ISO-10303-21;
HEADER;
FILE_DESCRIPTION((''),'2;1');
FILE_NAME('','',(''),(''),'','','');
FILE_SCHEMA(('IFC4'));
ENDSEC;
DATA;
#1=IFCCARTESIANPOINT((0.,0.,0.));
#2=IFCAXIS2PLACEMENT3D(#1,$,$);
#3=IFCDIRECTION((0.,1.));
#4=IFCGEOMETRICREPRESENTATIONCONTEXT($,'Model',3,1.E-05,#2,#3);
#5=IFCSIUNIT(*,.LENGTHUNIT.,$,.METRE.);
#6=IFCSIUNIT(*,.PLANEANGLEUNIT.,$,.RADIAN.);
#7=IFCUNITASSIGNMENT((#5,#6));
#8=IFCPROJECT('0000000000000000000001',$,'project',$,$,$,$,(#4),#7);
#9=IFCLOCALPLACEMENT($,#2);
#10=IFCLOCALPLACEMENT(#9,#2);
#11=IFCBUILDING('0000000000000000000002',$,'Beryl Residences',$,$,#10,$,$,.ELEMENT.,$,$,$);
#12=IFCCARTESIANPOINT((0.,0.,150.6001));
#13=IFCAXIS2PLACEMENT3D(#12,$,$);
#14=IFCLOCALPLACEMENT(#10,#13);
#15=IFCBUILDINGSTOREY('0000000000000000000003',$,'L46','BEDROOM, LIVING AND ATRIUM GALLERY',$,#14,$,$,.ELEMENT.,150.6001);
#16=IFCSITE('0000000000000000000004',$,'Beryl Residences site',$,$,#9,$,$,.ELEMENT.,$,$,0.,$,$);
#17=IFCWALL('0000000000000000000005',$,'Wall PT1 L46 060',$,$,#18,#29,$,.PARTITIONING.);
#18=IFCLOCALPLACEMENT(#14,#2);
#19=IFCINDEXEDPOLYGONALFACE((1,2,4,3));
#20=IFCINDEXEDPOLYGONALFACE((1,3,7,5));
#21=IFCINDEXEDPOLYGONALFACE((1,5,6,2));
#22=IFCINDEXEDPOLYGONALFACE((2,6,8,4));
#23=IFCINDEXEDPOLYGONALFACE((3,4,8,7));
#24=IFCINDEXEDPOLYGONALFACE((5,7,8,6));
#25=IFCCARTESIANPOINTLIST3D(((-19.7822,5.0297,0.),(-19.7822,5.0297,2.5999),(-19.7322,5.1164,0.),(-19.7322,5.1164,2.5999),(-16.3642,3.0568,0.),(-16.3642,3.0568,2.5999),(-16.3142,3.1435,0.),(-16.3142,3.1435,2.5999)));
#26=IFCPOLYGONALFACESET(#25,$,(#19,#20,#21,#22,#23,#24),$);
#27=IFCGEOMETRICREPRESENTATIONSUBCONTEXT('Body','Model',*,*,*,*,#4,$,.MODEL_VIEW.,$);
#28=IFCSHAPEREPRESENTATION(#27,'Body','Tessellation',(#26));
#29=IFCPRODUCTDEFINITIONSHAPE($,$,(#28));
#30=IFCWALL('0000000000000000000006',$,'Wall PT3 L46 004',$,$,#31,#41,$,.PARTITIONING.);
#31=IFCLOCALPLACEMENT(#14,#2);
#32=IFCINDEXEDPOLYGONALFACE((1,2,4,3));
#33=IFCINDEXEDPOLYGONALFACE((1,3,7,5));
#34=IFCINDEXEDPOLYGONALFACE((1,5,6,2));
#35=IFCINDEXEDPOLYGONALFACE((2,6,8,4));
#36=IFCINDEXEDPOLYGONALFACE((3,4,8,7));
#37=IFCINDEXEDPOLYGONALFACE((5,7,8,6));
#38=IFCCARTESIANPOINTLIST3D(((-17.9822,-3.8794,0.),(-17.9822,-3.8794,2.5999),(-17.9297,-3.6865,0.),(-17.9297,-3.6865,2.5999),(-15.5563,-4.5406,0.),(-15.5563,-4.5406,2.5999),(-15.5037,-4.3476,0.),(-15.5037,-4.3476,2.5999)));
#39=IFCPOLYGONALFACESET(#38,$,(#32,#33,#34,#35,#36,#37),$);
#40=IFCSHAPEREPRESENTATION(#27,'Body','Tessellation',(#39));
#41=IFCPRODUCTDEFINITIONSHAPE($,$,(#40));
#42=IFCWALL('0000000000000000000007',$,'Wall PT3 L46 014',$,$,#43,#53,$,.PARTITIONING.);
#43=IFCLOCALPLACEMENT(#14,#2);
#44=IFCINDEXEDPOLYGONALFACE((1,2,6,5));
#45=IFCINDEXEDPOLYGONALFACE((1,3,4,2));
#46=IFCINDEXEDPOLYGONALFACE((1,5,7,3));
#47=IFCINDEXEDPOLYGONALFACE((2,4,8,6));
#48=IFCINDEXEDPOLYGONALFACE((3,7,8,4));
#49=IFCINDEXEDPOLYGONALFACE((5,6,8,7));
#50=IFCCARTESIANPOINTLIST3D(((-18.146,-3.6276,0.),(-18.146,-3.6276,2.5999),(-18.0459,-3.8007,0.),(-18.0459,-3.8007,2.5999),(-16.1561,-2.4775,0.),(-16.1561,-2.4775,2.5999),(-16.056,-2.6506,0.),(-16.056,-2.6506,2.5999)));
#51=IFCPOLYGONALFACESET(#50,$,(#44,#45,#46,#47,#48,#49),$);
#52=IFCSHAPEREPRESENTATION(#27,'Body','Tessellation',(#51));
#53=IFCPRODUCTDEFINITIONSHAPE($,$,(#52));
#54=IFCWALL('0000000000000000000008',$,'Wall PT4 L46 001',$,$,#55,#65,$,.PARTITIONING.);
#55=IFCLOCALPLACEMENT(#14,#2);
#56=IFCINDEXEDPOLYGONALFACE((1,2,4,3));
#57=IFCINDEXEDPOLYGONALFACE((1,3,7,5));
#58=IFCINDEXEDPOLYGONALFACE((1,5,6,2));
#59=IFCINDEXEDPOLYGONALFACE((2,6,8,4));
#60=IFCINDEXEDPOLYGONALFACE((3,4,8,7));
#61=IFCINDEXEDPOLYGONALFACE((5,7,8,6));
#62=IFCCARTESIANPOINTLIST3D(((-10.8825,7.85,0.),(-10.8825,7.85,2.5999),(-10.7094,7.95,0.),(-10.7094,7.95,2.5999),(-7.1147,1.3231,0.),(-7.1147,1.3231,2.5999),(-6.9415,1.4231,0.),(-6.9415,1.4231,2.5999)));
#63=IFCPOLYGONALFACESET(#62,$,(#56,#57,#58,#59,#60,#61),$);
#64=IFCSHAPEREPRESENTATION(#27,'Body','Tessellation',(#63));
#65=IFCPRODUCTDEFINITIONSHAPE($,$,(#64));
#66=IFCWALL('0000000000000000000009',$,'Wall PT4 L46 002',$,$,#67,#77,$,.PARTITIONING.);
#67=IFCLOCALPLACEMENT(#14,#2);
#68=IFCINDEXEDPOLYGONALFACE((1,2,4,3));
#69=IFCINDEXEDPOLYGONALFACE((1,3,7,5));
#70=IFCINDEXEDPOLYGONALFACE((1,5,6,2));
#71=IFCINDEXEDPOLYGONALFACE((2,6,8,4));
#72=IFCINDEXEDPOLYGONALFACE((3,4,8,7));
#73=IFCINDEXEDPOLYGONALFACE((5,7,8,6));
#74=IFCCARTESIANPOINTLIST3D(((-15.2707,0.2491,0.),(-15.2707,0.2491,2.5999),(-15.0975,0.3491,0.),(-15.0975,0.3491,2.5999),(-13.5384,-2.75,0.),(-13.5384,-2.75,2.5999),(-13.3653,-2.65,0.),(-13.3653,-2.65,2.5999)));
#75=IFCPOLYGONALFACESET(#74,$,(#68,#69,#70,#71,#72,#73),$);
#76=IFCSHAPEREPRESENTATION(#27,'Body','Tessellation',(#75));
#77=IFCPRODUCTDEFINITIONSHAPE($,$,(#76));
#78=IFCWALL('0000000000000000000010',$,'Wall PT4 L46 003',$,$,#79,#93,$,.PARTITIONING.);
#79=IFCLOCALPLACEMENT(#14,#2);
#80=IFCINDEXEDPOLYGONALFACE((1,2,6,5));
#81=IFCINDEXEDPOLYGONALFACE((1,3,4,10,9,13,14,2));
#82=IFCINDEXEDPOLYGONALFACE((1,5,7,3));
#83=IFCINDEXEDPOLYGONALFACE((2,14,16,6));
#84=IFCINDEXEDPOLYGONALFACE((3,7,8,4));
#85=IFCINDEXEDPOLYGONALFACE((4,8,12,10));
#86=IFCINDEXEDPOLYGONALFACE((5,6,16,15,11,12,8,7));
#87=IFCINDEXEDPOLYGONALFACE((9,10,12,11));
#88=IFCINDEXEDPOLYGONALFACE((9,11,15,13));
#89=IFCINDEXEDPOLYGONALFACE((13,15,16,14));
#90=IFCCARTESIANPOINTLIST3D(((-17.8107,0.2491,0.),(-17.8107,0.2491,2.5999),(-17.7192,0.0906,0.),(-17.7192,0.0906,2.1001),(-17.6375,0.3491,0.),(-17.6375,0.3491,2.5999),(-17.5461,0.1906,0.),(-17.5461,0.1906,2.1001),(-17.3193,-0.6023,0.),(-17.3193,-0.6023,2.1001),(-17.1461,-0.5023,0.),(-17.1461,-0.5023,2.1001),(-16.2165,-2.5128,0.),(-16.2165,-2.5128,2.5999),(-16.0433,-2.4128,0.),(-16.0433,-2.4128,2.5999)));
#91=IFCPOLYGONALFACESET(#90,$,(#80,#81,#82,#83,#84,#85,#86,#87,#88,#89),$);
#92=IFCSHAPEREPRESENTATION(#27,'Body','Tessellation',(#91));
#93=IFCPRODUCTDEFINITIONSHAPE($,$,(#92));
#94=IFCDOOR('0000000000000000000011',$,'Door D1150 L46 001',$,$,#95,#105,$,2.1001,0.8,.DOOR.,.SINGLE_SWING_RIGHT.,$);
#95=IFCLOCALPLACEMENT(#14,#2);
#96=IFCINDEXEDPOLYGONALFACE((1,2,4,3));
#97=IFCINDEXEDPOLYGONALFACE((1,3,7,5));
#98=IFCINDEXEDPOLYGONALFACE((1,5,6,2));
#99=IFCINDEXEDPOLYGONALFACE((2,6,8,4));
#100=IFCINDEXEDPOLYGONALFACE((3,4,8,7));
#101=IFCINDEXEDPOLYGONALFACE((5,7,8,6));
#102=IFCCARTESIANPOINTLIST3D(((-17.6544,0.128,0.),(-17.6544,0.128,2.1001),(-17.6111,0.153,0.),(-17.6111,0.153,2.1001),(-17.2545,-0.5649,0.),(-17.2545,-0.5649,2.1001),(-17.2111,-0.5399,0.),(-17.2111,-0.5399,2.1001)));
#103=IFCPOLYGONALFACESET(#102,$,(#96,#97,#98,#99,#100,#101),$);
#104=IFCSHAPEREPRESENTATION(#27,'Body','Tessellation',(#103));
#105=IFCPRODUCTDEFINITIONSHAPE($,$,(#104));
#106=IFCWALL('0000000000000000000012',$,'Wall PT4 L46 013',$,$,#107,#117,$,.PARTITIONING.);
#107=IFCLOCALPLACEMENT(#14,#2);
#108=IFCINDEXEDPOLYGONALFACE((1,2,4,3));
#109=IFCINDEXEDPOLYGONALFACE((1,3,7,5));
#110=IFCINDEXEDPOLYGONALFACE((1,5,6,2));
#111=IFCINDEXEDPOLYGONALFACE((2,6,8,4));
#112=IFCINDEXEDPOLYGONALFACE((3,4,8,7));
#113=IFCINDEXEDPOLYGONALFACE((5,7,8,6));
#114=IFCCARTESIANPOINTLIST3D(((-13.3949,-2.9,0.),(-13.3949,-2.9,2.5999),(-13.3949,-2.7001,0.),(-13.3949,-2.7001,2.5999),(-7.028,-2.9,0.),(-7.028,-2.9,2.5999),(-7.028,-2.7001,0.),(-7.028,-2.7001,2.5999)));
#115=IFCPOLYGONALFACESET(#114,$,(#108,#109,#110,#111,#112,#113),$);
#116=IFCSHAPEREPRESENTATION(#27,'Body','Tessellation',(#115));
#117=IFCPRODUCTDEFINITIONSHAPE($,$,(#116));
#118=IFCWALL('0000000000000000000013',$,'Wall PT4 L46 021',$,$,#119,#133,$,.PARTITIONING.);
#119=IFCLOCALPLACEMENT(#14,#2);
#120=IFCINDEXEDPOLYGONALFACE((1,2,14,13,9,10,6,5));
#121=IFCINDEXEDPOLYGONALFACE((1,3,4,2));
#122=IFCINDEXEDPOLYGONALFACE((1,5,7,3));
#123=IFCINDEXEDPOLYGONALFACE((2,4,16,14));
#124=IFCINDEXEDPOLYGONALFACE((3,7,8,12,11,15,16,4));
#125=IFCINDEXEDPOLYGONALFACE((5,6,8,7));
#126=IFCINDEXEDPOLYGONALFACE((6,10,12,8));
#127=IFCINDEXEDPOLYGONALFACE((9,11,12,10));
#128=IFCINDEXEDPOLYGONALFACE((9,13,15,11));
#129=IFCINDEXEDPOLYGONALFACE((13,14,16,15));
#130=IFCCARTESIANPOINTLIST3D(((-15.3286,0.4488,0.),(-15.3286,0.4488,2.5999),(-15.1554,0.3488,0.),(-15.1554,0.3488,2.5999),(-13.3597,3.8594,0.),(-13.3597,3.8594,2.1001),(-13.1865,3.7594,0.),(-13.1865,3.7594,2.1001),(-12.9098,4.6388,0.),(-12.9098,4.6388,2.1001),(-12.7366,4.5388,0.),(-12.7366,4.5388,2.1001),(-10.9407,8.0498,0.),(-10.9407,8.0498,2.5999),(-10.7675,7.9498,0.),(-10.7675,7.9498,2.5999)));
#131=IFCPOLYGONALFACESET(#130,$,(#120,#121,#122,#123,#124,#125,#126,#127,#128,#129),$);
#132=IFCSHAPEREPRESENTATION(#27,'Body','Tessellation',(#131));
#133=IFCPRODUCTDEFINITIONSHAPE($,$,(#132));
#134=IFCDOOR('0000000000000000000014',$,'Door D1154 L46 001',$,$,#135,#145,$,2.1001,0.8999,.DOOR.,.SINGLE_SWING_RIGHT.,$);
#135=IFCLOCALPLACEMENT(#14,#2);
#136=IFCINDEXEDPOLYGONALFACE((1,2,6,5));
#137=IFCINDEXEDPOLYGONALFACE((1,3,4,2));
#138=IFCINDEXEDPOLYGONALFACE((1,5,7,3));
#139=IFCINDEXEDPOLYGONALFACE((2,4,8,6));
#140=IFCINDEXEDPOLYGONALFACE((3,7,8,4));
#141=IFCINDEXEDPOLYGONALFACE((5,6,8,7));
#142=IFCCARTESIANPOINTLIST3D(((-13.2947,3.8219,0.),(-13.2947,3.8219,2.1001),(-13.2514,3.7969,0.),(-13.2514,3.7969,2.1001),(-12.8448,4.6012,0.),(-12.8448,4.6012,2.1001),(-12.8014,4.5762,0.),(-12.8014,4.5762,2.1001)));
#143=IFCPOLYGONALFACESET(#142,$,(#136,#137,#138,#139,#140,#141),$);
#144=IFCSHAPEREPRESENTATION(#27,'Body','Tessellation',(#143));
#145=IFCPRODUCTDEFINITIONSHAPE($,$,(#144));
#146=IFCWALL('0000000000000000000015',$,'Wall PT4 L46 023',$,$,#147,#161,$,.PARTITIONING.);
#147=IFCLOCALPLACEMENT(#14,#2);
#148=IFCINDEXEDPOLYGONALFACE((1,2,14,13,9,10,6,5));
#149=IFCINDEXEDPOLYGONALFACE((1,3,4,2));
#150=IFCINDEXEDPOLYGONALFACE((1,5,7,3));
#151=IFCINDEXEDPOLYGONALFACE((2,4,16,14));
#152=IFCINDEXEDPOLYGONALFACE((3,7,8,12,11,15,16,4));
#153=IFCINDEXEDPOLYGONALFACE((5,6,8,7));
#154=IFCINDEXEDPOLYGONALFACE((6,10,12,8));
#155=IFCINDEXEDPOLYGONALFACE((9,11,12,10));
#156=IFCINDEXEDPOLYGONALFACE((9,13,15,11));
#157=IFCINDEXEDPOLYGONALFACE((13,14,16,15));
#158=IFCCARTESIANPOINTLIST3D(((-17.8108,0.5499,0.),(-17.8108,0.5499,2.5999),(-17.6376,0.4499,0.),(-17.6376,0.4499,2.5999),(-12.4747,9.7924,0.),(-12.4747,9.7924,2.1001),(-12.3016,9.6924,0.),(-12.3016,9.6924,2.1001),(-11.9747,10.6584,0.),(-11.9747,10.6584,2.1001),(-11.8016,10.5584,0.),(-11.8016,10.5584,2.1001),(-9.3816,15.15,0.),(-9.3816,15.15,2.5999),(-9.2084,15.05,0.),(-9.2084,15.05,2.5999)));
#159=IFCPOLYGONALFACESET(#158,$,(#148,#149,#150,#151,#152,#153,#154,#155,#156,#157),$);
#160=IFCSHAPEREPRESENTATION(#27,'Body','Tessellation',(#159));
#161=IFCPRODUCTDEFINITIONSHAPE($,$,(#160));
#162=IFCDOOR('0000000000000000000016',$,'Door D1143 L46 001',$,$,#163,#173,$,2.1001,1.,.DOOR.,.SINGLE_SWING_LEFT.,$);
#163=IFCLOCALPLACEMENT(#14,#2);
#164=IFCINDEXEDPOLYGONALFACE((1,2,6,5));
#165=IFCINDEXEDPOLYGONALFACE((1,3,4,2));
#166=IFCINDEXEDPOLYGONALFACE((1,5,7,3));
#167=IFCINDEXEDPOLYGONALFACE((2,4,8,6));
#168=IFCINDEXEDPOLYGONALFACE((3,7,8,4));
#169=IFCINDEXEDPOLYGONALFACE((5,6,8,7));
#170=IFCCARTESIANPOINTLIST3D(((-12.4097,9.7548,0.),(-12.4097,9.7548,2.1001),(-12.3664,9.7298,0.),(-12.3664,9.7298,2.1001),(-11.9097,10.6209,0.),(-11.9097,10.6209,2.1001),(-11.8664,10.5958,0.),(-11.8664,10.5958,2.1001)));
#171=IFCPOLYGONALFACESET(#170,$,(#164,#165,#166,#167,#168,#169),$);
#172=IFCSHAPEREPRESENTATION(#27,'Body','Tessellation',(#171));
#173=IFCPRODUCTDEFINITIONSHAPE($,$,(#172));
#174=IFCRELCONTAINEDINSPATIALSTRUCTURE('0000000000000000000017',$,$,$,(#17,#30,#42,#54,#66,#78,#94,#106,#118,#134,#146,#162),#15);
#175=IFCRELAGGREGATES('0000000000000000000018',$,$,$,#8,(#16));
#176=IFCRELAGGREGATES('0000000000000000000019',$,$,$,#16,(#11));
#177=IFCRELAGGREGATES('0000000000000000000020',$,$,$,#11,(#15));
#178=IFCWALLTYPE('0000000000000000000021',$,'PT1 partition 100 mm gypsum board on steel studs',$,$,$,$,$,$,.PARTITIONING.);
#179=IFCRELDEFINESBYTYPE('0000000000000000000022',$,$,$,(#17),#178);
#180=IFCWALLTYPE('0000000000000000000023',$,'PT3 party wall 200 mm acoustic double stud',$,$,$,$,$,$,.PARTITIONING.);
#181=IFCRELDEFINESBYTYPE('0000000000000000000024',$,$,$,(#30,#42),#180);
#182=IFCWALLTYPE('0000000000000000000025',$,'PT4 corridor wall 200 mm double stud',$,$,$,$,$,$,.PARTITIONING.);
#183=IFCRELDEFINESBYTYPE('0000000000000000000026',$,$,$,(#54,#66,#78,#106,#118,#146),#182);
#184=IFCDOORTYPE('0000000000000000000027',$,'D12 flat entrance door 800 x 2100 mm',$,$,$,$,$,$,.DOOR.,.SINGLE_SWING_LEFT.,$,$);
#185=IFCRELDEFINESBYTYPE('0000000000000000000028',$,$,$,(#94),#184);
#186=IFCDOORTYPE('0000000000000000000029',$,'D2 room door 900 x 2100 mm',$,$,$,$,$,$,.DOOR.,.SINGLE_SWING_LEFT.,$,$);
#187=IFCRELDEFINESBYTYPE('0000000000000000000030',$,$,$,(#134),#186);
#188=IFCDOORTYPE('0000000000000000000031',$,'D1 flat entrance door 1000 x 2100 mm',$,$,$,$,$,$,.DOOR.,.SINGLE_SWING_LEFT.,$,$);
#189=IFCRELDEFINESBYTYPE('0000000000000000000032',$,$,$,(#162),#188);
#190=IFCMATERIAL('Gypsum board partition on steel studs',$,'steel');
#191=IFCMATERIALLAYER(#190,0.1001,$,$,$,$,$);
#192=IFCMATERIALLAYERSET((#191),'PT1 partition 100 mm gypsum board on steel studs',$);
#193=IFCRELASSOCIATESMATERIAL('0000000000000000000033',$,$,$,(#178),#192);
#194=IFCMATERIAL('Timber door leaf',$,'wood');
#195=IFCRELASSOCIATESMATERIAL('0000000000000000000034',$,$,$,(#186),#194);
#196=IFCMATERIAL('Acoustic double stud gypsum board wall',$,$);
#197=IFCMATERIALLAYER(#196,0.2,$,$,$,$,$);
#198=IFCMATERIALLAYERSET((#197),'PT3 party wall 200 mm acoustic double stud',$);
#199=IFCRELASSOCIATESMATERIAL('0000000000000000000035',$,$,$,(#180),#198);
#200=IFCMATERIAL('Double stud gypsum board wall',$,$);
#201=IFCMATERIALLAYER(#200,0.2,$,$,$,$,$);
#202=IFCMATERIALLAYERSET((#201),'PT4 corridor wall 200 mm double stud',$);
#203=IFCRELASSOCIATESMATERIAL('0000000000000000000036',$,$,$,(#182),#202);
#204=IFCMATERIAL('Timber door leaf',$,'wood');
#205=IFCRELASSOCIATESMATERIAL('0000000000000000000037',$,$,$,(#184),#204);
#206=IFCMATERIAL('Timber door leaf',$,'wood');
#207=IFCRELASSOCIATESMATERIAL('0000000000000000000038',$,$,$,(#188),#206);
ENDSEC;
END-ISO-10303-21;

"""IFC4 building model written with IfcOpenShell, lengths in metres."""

from ifc_helpers import new_model, si_unit, direction, frame, frame_2d, origin, place, context, subcontext, project, spatial, rectangle, extrude, material, layer, layer_set, type_object, element, fill, save


model = new_model("IFC4")

# Units and contexts
model_context = context("Model", 3, precision=1e-05, world=origin(), true_north=direction((0.0, 1.0)))
body_context = subcontext(model_context, "Body", "Model", "MODEL_VIEW")
ifc_project = project(units=[si_unit("LENGTHUNIT", "METRE"), si_unit("PLANEANGLEUNIT", "RADIAN")], contexts=[model_context])

# Site, building, storey
site_placement = place(None, origin())
site = spatial("IfcSite", under=ifc_project, at=site_placement, Name="Beryl Residences site", CompositionType="ELEMENT", RefElevation=0.0)
building_placement = place(site_placement, origin())
building = spatial("IfcBuilding", under=site, at=building_placement, Name="Beryl Residences", CompositionType="ELEMENT")
storey_placement = place(building_placement, frame((0.0, 0.0, 150.6001)))
storey = spatial("IfcBuildingStorey", under=building, at=storey_placement, Name="L46", Description="BEDROOM, LIVING AND ATRIUM GALLERY", CompositionType="ELEMENT", Elevation=150.6001)

# Shared definitions
ifc_material_1 = material(Name="Gypsum board partition on steel studs", Category="steel")
ifc_layer_1 = layer(ifc_material_1, 0.1001)
ifc_layer_set_1 = layer_set([ifc_layer_1], Name="PT1 partition 100 mm gypsum board on steel studs")
wall_type_1 = type_object("IfcWallType", Name="PT1 partition 100 mm gypsum board on steel studs", PredefinedType="PARTITIONING", material=ifc_layer_set_1)
ifc_material_2 = material(Name="Timber door leaf", Category="wood")
door_type_1 = type_object("IfcDoorType", Name="D2 room door 900 x 2100 mm", OperationType="SINGLE_SWING_LEFT", PredefinedType="DOOR", material=ifc_material_2)

# Walls
wall_1_placement = place(storey_placement, frame((-19.7571, 5.073, 0.0), z_axis=(0.0, 0.0, 1.0), x_axis=(0.866076, -0.499912, 0.0)))
element("IfcWall", 1, at=wall_1_placement, inside=storey, type_object=wall_type_1, Name="Wall PT1 L46 060", PredefinedType="PARTITIONING", context=body_context, shape_type="SweptSolid", body=[
    extrude(rectangle(XDim=3.9465, YDim=0.1001, at=frame_2d((1.9731, 0.0))), origin(), (0.0, 0.0, 1.0), 2.5999),
])
ifc_material_3 = material(Name="Acoustic double stud gypsum board wall")
ifc_layer_2 = layer(ifc_material_3, 0.2)
ifc_layer_set_2 = layer_set([ifc_layer_2], Name="PT3 party wall 200 mm acoustic double stud")
wall_type_2 = type_object("IfcWallType", Name="PT3 party wall 200 mm acoustic double stud", PredefinedType="PARTITIONING", material=ifc_layer_set_2)
wall_2_placement = place(storey_placement, frame((-17.9561, -3.783, 0.0), z_axis=(0.0, 0.0, 1.0), x_axis=(0.964815, -0.262928, 0.0)))
element("IfcWall", 2, at=wall_2_placement, inside=storey, type_object=wall_type_2, Name="Wall PT3 L46 004", PredefinedType="PARTITIONING", context=body_context, shape_type="SweptSolid", body=[
    extrude(rectangle(XDim=2.5144, YDim=0.2, at=frame_2d((1.2573, 0.0))), origin(), (0.0, 0.0, 1.0), 2.5999),
])
wall_3_placement = place(storey_placement, frame((-18.0959, -3.7141, 0.0), z_axis=(0.0, 0.0, 1.0), x_axis=(0.865795, 0.5004, 0.0)))
element("IfcWall", 3, at=wall_3_placement, inside=storey, type_object=wall_type_2, Name="Wall PT3 L46 014", PredefinedType="PARTITIONING", context=body_context, shape_type="SweptSolid", body=[
    extrude(rectangle(XDim=2.2983, YDim=0.2, at=frame_2d((1.1492, 0.0))), origin(), (0.0, 0.0, 1.0), 2.5999),
])
ifc_material_4 = material(Name="Double stud gypsum board wall")
ifc_layer_3 = layer(ifc_material_4, 0.2)
ifc_layer_set_3 = layer_set([ifc_layer_3], Name="PT4 corridor wall 200 mm double stud")
wall_type_3 = type_object("IfcWallType", Name="PT4 corridor wall 200 mm double stud", PredefinedType="PARTITIONING", material=ifc_layer_set_3)
wall_4_placement = place(storey_placement, frame((-10.7959, 7.8999, 0.0), z_axis=(0.0, 0.0, 1.0), x_axis=(0.499954, -0.866052, 0.0)))
element("IfcWall", 4, at=wall_4_placement, inside=storey, type_object=wall_type_3, Name="Wall PT4 L46 001", PredefinedType="PARTITIONING", context=body_context, shape_type="SweptSolid", body=[
    extrude(rectangle(XDim=7.5364, YDim=0.2, at=frame_2d((3.7681, 0.0))), origin(), (0.0, 0.0, 1.0), 2.5999),
])
wall_5_placement = place(storey_placement, frame((-15.1841, 0.2991, 0.0), z_axis=(0.0, 0.0, 1.0), x_axis=(0.50015, -0.865939, 0.0)))
element("IfcWall", 5, at=wall_5_placement, inside=storey, type_object=wall_type_3, Name="Wall PT4 L46 002", PredefinedType="PARTITIONING", context=body_context, shape_type="SweptSolid", body=[
    extrude(rectangle(XDim=3.4634, YDim=0.2, at=frame_2d((1.7317, 0.0))), origin(), (0.0, 0.0, 1.0), 2.5999),
])

# Wall, opening, door
wall_6_placement = place(storey_placement, frame((-17.7241, 0.2991, 0.0), z_axis=(0.0, 0.0, 1.0), x_axis=(0.49991, -0.866077, 0.0)))
wall_6 = element("IfcWall", 6, at=wall_6_placement, inside=storey, type_object=wall_type_3, Name="Wall PT4 L46 003", PredefinedType="PARTITIONING", context=body_context, shape_type="SweptSolid", body=[
    extrude(rectangle(XDim=3.189, YDim=0.2, at=frame_2d((1.5945, 0.0))), origin(), (0.0, 0.0, 1.0), 2.5999),
])
opening_1_placement = place(wall_6_placement, frame((0.1831, 0.0, 0.0)))
opening_1 = element("IfcOpeningElement", 7, at=opening_1_placement, cuts=wall_6, PredefinedType="OPENING", context=body_context, shape_type="SweptSolid", body=[
    extrude(rectangle(XDim=0.8, YDim=2.1001, at=frame_2d((0.3999, 1.05))), frame((0.0, 0.1099, 0.0), z_axis=(0.0, -1.0, 0.0), x_axis=(1.0, 0.0, 0.0)), (0.0, 0.0, 1.0), 0.22),
])
ifc_material_5 = material(Name="Timber door leaf", Category="wood")
door_type_2 = type_object("IfcDoorType", Name="D12 flat entrance door 800 x 2100 mm", OperationType="SINGLE_SWING_LEFT", PredefinedType="DOOR", material=ifc_material_5)
door_1_placement = place(opening_1_placement, origin())
door_1 = element("IfcDoor", 8, at=door_1_placement, inside=storey, type_object=door_type_2, Name="Door D1150 L46 001", OperationType="SINGLE_SWING_RIGHT", OverallHeight=2.1001, OverallWidth=0.8, PredefinedType="DOOR", context=body_context, shape_type="SweptSolid", body=[
    extrude(rectangle(XDim=0.8, YDim=2.1001, at=frame_2d((0.3999, 1.05))), frame((0.0, 0.0249, 0.0), z_axis=(0.0, -1.0, 0.0), x_axis=(1.0, 0.0, 0.0)), (0.0, 0.0, 1.0), 0.05),
])
fill(opening_1, door_1)

# Wall
wall_7_placement = place(storey_placement, frame((-13.395, -2.8, 0.0), z_axis=(0.0, 0.0, 1.0), x_axis=(1.0, 0.0, 0.0)))
element("IfcWall", 9, at=wall_7_placement, inside=storey, type_object=wall_type_3, Name="Wall PT4 L46 013", PredefinedType="PARTITIONING", context=body_context, shape_type="SweptSolid", body=[
    extrude(rectangle(XDim=6.3669, YDim=0.2, at=frame_2d((3.1836, 0.0))), origin(), (0.0, 0.0, 1.0), 2.5999),
])

# Walls, openings, doors
wall_8_placement = place(storey_placement, frame((-15.2419, 0.3989, 0.0), z_axis=(0.0, 0.0, 1.0), x_axis=(0.499954, 0.866052, 0.0)))
wall_8 = element("IfcWall", 10, at=wall_8_placement, inside=storey, type_object=wall_type_3, Name="Wall PT4 L46 021", PredefinedType="PARTITIONING", context=body_context, shape_type="SweptSolid", body=[
    extrude(rectangle(XDim=8.7766, YDim=0.2, at=frame_2d((4.3882, 0.0))), origin(), (0.0, 0.0, 1.0), 2.5999),
])
opening_2_placement = place(wall_8_placement, frame((3.938, 0.0, 0.0)))
opening_2 = element("IfcOpeningElement", 11, at=opening_2_placement, cuts=wall_8, PredefinedType="OPENING", context=body_context, shape_type="SweptSolid", body=[
    extrude(rectangle(XDim=0.8999, YDim=2.1001, at=frame_2d((0.45, 1.05))), frame((0.0, 0.1099, 0.0), z_axis=(0.0, -1.0, 0.0), x_axis=(1.0, 0.0, 0.0)), (0.0, 0.0, 1.0), 0.22),
])
door_2_placement = place(opening_2_placement, origin())
door_2 = element("IfcDoor", 12, at=door_2_placement, inside=storey, type_object=door_type_1, Name="Door D1154 L46 001", OperationType="SINGLE_SWING_RIGHT", OverallHeight=2.1001, OverallWidth=0.8999, PredefinedType="DOOR", context=body_context, shape_type="SweptSolid", body=[
    extrude(rectangle(XDim=0.8999, YDim=2.1001, at=frame_2d((0.45, 1.05))), frame((0.0, 0.0249, 0.0), z_axis=(0.0, -1.0, 0.0), x_axis=(1.0, 0.0, 0.0)), (0.0, 0.0, 1.0), 0.05),
])
fill(opening_2, door_2)
wall_9_placement = place(storey_placement, frame((-17.7241, 0.5, 0.0), z_axis=(0.0, 0.0, 1.0), x_axis=(0.499992, 0.86603, 0.0)))
wall_9 = element("IfcWall", 13, at=wall_9_placement, inside=storey, type_object=wall_type_3, Name="Wall PT4 L46 023", PredefinedType="PARTITIONING", context=body_context, shape_type="SweptSolid", body=[
    extrude(rectangle(XDim=16.8586, YDim=0.2, at=frame_2d((8.4292, 0.0))), origin(), (0.0, 0.0, 1.0), 2.5999),
])
opening_3_placement = place(wall_9_placement, frame((10.6721, 0.0, 0.0)))
opening_3 = element("IfcOpeningElement", 14, at=opening_3_placement, cuts=wall_9, PredefinedType="OPENING", context=body_context, shape_type="SweptSolid", body=[
    extrude(rectangle(XDim=1.0, YDim=2.1001, at=frame_2d((0.5, 1.05))), frame((0.0, 0.1099, 0.0), z_axis=(0.0, -1.0, 0.0), x_axis=(1.0, 0.0, 0.0)), (0.0, 0.0, 1.0), 0.22),
])
ifc_material_6 = material(Name="Timber door leaf", Category="wood")
door_type_3 = type_object("IfcDoorType", Name="D1 flat entrance door 1000 x 2100 mm", OperationType="SINGLE_SWING_LEFT", PredefinedType="DOOR", material=ifc_material_6)
door_3_placement = place(opening_3_placement, origin())
door_3 = element("IfcDoor", 15, at=door_3_placement, inside=storey, type_object=door_type_3, Name="Door D1143 L46 001", OperationType="SINGLE_SWING_LEFT", OverallHeight=2.1001, OverallWidth=1.0, PredefinedType="DOOR", context=body_context, shape_type="SweptSolid", body=[
    extrude(rectangle(XDim=1.0, YDim=2.1001, at=frame_2d((0.5, 1.05))), frame((0.0, 0.0249, 0.0), z_axis=(0.0, -1.0, 0.0), x_axis=(1.0, 0.0, 0.0)), (0.0, 0.0, 1.0), 0.05),
])
fill(opening_3, door_3)

save(model, "model.ifc")
